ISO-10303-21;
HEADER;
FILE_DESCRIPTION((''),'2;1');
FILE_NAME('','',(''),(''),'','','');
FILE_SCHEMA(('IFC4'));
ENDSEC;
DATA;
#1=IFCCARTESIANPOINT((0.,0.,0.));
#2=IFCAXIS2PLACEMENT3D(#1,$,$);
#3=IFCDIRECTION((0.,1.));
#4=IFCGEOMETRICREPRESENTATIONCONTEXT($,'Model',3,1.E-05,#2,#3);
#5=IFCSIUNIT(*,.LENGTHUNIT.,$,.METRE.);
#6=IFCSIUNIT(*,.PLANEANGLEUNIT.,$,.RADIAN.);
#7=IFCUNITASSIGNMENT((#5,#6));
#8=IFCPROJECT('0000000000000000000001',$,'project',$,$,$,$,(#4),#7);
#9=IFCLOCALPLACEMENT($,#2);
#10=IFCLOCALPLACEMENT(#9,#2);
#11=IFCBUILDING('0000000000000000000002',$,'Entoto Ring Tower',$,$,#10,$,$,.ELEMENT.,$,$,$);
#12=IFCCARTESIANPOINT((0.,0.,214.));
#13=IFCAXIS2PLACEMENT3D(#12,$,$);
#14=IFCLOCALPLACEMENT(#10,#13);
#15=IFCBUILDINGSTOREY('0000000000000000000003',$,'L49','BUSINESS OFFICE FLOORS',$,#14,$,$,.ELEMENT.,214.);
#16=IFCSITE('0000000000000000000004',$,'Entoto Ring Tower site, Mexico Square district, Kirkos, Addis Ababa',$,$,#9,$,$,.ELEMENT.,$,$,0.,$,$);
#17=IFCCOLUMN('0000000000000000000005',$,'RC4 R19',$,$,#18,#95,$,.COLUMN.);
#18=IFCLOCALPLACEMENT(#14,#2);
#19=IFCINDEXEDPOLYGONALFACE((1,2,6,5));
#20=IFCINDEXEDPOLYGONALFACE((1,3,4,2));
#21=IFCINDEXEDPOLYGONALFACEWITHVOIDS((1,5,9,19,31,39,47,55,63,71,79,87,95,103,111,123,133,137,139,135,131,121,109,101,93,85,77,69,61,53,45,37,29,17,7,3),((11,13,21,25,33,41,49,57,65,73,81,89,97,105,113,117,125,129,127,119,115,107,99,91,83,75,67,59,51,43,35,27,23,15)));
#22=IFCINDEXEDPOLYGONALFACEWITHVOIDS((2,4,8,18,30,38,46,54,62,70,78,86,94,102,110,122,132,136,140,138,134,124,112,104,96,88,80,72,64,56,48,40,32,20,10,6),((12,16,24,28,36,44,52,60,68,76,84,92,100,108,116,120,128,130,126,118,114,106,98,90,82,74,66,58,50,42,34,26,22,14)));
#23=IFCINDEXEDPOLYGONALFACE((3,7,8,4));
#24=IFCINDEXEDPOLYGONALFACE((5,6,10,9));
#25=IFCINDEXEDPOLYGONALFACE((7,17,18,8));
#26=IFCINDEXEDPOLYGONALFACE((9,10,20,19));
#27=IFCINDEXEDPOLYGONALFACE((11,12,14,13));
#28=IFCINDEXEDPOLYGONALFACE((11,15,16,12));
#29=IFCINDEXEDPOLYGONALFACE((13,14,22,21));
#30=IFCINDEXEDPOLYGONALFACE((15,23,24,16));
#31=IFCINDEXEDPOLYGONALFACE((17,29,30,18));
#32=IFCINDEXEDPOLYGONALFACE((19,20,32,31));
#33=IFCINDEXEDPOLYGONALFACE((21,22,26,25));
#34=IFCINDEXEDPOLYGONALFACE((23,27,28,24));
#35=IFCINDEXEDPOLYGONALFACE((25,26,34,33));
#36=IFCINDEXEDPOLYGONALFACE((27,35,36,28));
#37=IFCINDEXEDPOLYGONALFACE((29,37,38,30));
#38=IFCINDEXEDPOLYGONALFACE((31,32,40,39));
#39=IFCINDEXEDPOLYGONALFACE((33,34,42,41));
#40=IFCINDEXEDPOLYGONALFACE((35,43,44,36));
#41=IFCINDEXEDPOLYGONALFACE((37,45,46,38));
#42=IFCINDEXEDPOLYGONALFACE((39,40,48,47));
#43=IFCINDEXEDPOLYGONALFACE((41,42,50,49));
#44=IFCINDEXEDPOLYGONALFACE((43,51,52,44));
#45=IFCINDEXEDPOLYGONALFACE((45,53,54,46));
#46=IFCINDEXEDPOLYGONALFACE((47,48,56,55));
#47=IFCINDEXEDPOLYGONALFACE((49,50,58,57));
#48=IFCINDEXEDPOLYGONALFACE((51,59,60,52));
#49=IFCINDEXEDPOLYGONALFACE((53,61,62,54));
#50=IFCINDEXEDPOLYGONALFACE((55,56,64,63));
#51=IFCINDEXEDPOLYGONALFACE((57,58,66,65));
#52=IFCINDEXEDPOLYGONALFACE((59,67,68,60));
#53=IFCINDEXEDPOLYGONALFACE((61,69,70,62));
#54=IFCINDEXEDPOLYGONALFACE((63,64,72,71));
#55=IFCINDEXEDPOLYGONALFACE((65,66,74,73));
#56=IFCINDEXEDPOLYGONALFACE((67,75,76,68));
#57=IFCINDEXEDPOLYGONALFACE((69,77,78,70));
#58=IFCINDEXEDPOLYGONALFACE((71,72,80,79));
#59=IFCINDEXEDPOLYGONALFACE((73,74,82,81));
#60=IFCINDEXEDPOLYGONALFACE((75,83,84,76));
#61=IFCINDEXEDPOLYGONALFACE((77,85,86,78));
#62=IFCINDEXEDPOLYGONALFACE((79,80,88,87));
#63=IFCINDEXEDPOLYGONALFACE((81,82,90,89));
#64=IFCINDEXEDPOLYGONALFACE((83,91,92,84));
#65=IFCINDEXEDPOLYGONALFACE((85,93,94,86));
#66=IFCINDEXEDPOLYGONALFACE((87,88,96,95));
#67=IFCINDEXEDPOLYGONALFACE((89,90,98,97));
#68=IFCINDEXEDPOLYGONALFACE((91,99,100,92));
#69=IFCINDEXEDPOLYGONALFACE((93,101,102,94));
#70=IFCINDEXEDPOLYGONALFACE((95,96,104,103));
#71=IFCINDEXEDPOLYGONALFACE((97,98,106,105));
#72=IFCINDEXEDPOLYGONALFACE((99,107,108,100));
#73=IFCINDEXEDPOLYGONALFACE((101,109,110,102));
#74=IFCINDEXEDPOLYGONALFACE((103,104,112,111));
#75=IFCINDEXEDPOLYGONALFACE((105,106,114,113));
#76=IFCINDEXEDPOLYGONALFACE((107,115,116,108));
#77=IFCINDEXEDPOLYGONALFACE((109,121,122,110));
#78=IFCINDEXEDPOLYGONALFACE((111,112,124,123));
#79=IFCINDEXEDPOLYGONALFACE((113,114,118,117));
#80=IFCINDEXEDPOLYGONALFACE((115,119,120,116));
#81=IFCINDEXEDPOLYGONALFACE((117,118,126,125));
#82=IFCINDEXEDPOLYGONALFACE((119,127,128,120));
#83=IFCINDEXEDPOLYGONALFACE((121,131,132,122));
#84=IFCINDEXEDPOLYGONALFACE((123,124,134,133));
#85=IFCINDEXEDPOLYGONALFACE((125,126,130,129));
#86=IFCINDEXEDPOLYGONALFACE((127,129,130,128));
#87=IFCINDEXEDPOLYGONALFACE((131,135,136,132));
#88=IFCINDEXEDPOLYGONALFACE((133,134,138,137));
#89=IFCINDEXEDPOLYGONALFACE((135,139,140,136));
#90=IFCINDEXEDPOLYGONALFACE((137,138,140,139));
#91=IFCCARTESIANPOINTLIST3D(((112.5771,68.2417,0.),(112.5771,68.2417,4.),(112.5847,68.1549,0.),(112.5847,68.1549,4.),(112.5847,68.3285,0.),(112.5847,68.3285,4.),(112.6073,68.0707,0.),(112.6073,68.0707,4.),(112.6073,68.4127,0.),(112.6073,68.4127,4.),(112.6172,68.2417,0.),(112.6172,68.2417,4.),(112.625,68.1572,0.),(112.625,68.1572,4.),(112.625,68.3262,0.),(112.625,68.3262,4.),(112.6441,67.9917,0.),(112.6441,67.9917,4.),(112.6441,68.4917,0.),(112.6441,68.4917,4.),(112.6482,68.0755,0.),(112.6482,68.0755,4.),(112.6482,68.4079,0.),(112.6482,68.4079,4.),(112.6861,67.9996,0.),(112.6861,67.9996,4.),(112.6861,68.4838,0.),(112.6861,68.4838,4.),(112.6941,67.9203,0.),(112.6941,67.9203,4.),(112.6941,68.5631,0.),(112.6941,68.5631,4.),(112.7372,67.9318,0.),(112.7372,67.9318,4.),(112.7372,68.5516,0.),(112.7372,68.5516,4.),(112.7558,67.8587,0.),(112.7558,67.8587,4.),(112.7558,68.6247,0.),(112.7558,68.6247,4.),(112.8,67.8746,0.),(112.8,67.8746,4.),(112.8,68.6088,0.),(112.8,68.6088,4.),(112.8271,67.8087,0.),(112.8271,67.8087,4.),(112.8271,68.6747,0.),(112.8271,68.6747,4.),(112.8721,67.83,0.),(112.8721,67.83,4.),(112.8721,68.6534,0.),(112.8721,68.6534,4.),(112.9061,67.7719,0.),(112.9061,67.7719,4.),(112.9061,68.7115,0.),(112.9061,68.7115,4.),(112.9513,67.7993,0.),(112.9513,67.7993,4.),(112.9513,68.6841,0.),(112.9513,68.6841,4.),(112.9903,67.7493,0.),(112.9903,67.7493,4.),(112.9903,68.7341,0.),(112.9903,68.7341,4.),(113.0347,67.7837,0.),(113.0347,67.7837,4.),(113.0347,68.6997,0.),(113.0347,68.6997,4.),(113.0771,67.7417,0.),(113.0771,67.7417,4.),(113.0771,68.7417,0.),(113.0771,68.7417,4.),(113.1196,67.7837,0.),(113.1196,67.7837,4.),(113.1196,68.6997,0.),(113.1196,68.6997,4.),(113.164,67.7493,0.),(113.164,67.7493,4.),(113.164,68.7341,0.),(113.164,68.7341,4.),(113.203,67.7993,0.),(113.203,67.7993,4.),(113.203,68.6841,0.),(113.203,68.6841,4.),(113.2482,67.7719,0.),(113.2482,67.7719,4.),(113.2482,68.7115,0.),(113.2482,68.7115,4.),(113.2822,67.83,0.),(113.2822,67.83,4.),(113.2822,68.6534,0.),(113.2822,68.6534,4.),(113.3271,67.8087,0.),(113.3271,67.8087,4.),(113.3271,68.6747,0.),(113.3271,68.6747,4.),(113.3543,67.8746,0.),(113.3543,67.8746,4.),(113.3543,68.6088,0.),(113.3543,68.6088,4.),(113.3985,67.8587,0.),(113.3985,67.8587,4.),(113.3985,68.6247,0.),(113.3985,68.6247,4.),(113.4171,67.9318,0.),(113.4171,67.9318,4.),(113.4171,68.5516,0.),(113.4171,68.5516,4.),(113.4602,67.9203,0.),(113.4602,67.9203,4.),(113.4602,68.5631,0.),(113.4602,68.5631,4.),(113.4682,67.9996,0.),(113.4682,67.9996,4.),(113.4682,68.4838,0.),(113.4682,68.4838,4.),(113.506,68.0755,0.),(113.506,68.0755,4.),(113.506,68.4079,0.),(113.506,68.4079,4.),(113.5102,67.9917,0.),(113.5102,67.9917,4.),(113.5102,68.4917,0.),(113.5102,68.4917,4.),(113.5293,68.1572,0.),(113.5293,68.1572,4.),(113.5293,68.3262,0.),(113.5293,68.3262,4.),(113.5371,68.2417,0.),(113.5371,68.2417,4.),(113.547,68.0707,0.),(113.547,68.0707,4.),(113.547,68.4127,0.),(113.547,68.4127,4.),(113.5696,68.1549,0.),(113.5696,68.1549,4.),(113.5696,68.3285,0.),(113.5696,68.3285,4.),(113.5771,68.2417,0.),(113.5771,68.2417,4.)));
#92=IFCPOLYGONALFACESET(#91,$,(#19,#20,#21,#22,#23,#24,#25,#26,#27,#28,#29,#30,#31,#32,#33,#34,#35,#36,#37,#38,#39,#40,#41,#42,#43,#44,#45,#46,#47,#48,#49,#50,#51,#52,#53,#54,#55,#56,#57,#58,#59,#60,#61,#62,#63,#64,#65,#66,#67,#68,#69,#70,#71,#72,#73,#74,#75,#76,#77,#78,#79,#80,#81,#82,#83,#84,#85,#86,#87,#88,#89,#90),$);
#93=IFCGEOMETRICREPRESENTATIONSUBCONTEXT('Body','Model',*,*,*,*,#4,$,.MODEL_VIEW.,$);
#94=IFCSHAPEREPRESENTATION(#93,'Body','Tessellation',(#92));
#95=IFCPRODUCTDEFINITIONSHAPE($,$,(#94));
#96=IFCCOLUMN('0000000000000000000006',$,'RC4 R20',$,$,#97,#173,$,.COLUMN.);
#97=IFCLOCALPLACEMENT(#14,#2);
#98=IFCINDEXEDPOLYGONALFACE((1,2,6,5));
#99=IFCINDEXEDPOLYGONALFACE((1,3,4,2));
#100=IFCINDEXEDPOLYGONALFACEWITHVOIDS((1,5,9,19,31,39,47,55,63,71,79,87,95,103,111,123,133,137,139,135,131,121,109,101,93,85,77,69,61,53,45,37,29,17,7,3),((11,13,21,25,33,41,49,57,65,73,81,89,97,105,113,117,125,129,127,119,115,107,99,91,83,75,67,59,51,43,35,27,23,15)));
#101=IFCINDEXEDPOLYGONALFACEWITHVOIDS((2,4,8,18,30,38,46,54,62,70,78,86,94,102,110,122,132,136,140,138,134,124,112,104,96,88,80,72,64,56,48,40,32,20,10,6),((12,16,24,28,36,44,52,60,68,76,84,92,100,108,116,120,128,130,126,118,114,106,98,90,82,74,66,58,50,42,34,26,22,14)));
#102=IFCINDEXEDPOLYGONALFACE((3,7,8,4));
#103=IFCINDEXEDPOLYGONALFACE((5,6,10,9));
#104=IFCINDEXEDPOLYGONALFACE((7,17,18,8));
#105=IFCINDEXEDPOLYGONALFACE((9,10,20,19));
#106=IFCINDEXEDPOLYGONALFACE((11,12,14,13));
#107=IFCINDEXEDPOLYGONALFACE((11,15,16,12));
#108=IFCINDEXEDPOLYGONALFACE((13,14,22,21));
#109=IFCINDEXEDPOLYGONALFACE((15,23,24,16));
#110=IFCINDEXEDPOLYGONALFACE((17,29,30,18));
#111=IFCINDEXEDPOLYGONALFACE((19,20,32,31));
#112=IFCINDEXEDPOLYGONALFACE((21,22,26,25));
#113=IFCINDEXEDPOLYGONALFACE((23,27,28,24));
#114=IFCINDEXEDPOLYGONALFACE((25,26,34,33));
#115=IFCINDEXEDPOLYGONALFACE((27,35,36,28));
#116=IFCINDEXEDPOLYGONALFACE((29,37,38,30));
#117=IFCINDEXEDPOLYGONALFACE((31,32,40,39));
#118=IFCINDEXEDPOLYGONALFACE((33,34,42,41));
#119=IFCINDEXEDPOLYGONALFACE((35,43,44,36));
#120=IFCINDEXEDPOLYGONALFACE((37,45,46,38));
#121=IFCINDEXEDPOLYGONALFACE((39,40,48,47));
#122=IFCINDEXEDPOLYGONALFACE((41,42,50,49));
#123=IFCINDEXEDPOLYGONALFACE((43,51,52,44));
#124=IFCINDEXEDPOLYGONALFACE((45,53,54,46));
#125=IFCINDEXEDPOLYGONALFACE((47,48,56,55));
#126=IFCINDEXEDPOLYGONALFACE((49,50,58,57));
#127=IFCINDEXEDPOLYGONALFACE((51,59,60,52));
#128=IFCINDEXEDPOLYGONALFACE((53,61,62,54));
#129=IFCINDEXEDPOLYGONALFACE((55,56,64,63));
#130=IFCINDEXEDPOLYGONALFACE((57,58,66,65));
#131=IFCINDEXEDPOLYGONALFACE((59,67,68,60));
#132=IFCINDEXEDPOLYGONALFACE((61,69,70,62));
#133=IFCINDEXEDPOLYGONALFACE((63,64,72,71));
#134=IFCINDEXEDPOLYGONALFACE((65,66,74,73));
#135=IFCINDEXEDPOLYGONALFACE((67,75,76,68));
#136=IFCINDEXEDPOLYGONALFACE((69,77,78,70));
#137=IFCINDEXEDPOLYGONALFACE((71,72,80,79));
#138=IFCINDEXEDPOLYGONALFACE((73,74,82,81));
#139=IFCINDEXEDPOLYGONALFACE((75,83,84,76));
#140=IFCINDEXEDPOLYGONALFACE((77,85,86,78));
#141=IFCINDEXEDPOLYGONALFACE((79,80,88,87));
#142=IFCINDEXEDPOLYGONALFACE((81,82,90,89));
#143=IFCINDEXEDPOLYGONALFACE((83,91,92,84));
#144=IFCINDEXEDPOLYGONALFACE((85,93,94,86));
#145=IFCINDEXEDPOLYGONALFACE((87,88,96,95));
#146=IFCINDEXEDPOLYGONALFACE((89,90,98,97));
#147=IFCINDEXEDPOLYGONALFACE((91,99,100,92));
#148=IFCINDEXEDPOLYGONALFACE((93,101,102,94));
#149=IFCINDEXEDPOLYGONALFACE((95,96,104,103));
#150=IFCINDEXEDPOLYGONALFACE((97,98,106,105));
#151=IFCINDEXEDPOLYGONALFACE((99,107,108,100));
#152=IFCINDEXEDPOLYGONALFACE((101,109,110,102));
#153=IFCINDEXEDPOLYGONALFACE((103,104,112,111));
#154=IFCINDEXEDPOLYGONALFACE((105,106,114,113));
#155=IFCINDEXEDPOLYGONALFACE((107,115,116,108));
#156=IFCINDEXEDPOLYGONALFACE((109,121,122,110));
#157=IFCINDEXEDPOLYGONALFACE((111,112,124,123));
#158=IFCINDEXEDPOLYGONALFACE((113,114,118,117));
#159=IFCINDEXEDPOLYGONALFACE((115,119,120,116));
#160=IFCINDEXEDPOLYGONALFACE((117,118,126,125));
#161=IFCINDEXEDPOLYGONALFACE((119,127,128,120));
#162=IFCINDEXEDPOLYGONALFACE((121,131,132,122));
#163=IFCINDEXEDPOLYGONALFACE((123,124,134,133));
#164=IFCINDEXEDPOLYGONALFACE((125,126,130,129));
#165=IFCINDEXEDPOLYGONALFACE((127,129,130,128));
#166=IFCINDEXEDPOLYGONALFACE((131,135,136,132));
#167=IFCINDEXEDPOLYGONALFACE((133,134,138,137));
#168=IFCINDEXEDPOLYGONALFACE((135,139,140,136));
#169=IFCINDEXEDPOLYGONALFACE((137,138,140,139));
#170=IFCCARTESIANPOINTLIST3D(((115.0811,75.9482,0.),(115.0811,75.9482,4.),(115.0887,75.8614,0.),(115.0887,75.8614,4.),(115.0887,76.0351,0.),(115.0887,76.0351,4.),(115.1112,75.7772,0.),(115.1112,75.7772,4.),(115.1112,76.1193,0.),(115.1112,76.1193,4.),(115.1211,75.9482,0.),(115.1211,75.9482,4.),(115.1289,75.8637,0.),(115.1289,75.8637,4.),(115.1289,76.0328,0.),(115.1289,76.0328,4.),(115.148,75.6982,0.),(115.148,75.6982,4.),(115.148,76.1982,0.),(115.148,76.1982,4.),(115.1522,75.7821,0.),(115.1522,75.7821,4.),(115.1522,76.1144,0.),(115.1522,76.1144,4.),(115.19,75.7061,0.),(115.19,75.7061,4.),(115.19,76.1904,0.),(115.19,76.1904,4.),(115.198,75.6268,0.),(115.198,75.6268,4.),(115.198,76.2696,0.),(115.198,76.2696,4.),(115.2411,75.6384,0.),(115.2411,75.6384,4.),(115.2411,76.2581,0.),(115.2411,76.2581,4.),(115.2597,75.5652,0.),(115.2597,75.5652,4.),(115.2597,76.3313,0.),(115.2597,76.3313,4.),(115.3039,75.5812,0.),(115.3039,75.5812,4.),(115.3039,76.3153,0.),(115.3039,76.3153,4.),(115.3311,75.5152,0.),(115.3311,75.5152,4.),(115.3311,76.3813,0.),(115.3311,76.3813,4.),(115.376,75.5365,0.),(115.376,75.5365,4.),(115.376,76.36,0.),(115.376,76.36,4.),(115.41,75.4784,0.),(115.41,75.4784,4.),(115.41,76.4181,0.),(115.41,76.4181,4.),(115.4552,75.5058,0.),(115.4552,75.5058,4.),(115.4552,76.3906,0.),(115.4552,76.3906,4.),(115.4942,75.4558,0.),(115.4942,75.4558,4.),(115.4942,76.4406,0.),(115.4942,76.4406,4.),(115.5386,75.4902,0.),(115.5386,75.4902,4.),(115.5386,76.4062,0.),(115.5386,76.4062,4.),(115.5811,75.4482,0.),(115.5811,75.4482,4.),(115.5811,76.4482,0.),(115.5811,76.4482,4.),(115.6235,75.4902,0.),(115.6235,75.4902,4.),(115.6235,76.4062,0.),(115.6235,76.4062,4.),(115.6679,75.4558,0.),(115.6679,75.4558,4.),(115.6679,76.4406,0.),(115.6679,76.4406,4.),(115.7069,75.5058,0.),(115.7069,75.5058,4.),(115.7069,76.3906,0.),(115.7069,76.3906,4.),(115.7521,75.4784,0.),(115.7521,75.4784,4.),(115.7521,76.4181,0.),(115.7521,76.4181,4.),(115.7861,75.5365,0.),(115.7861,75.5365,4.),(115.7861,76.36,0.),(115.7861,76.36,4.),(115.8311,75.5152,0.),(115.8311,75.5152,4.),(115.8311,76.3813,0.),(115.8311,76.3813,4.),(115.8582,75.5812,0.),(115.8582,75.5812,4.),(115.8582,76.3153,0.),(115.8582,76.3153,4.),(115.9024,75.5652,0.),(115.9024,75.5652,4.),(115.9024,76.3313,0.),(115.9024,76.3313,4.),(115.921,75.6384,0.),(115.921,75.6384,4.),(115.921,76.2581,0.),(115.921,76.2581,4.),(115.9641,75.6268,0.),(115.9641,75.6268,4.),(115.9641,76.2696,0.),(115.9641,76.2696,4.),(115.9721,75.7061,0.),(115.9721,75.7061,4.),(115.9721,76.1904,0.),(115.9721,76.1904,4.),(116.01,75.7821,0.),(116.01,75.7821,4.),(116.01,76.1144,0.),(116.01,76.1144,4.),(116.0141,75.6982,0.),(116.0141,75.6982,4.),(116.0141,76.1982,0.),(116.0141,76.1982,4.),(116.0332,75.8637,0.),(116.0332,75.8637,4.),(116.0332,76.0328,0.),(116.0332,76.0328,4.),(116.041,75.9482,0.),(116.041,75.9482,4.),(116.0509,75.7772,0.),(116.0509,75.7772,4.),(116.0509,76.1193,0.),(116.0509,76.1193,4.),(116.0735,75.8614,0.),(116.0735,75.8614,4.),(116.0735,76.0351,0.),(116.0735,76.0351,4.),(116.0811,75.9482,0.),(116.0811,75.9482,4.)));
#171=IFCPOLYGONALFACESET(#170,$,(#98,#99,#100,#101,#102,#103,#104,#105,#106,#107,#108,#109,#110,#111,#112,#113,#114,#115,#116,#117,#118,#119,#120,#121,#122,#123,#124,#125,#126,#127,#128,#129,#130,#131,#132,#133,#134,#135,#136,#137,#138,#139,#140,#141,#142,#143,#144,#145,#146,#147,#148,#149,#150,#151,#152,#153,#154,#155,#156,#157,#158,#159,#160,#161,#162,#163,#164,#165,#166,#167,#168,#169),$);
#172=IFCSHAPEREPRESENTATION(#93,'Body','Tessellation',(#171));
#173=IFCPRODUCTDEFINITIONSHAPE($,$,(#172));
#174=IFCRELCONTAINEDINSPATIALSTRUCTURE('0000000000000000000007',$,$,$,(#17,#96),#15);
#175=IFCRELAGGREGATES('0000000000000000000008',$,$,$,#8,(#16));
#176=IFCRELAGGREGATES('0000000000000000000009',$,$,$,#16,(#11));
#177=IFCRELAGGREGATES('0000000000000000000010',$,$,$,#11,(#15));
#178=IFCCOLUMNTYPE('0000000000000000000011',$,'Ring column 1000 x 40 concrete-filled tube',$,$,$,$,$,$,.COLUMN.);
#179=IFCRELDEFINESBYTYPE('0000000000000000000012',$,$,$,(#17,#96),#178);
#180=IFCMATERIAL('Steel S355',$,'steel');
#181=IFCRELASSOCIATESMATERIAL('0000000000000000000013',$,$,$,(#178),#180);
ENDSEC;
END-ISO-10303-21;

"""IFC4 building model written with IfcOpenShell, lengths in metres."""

from ifc_helpers import new_model, si_unit, direction, frame, origin, origin_2d, place, context, subcontext, project, spatial, circle, hollow_circle, extrude, material, material_profile, profile_set, type_object, element, save


model = new_model("IFC4")

# Units and contexts
model_context = context("Model", 3, precision=1e-05, world=origin(), true_north=direction((0.0, 1.0)))
body_context = subcontext(model_context, "Body", "Model", "MODEL_VIEW")
ifc_project = project(units=[si_unit("LENGTHUNIT", "METRE"), si_unit("PLANEANGLEUNIT", "RADIAN")], contexts=[model_context])

# Site, building, storey
site_placement = place(None, origin())
site = spatial("IfcSite", under=ifc_project, at=site_placement, Name="Entoto Ring Tower site, Mexico Square district, Kirkos, Addis Ababa", CompositionType="ELEMENT", RefElevation=0.0)
building_placement = place(site_placement, origin())
building = spatial("IfcBuilding", under=site, at=building_placement, Name="Entoto Ring Tower", CompositionType="ELEMENT")
storey_placement = place(building_placement, frame((0.0, 0.0, 214.0)))
storey = spatial("IfcBuildingStorey", under=building, at=storey_placement, Name="L49", Description="BUSINESS OFFICE FLOORS", CompositionType="ELEMENT", Elevation=214.0)

# Columns
ifc_material_1 = material(Name="Steel S355", Category="steel")
ifc_material_profile_1 = material_profile(ifc_material_1, hollow_circle(Radius=0.5, WallThickness=0.04, at=origin_2d()), Name="CHS 1000 x 40")
ifc_material_2 = material(Name="Concrete C60/75", Category="concrete")
ifc_material_profile_2 = material_profile(ifc_material_2, circle(Radius=0.46, at=origin_2d()), Name="Concrete C60/75 infill")
ifc_profile_set_1 = profile_set([ifc_material_profile_1, ifc_material_profile_2], Name="Steel S355")
column_type = type_object("IfcColumnType", Name="Ring column 1000 x 40 concrete-filled tube", PredefinedType="COLUMN", material=ifc_profile_set_1)
for number, where, z_axis, x_axis, name in (
    (1, (113.0771, 68.2417, 0.0), (0.0, 0.0, 1.0), (1.0, 0.0, 0.0), "RC4 R19"),
    (2, (115.5811, 75.9482, 0.0), (0.0, 0.0, 1.0), (1.0, 0.0, 0.0), "RC4 R20"),
):
    element("IfcColumn", number, at=place(storey_placement, frame(where, z_axis=z_axis, x_axis=x_axis)), inside=storey, type_object=column_type, Name=name, PredefinedType="COLUMN", context=body_context, shape_type="SweptSolid", body=[
        extrude(hollow_circle(Radius=0.5, WallThickness=0.04, at=origin_2d()), origin(), (0.0, 0.0, 1.0), 4.0),
    ])

save(model, "model.ifc")
